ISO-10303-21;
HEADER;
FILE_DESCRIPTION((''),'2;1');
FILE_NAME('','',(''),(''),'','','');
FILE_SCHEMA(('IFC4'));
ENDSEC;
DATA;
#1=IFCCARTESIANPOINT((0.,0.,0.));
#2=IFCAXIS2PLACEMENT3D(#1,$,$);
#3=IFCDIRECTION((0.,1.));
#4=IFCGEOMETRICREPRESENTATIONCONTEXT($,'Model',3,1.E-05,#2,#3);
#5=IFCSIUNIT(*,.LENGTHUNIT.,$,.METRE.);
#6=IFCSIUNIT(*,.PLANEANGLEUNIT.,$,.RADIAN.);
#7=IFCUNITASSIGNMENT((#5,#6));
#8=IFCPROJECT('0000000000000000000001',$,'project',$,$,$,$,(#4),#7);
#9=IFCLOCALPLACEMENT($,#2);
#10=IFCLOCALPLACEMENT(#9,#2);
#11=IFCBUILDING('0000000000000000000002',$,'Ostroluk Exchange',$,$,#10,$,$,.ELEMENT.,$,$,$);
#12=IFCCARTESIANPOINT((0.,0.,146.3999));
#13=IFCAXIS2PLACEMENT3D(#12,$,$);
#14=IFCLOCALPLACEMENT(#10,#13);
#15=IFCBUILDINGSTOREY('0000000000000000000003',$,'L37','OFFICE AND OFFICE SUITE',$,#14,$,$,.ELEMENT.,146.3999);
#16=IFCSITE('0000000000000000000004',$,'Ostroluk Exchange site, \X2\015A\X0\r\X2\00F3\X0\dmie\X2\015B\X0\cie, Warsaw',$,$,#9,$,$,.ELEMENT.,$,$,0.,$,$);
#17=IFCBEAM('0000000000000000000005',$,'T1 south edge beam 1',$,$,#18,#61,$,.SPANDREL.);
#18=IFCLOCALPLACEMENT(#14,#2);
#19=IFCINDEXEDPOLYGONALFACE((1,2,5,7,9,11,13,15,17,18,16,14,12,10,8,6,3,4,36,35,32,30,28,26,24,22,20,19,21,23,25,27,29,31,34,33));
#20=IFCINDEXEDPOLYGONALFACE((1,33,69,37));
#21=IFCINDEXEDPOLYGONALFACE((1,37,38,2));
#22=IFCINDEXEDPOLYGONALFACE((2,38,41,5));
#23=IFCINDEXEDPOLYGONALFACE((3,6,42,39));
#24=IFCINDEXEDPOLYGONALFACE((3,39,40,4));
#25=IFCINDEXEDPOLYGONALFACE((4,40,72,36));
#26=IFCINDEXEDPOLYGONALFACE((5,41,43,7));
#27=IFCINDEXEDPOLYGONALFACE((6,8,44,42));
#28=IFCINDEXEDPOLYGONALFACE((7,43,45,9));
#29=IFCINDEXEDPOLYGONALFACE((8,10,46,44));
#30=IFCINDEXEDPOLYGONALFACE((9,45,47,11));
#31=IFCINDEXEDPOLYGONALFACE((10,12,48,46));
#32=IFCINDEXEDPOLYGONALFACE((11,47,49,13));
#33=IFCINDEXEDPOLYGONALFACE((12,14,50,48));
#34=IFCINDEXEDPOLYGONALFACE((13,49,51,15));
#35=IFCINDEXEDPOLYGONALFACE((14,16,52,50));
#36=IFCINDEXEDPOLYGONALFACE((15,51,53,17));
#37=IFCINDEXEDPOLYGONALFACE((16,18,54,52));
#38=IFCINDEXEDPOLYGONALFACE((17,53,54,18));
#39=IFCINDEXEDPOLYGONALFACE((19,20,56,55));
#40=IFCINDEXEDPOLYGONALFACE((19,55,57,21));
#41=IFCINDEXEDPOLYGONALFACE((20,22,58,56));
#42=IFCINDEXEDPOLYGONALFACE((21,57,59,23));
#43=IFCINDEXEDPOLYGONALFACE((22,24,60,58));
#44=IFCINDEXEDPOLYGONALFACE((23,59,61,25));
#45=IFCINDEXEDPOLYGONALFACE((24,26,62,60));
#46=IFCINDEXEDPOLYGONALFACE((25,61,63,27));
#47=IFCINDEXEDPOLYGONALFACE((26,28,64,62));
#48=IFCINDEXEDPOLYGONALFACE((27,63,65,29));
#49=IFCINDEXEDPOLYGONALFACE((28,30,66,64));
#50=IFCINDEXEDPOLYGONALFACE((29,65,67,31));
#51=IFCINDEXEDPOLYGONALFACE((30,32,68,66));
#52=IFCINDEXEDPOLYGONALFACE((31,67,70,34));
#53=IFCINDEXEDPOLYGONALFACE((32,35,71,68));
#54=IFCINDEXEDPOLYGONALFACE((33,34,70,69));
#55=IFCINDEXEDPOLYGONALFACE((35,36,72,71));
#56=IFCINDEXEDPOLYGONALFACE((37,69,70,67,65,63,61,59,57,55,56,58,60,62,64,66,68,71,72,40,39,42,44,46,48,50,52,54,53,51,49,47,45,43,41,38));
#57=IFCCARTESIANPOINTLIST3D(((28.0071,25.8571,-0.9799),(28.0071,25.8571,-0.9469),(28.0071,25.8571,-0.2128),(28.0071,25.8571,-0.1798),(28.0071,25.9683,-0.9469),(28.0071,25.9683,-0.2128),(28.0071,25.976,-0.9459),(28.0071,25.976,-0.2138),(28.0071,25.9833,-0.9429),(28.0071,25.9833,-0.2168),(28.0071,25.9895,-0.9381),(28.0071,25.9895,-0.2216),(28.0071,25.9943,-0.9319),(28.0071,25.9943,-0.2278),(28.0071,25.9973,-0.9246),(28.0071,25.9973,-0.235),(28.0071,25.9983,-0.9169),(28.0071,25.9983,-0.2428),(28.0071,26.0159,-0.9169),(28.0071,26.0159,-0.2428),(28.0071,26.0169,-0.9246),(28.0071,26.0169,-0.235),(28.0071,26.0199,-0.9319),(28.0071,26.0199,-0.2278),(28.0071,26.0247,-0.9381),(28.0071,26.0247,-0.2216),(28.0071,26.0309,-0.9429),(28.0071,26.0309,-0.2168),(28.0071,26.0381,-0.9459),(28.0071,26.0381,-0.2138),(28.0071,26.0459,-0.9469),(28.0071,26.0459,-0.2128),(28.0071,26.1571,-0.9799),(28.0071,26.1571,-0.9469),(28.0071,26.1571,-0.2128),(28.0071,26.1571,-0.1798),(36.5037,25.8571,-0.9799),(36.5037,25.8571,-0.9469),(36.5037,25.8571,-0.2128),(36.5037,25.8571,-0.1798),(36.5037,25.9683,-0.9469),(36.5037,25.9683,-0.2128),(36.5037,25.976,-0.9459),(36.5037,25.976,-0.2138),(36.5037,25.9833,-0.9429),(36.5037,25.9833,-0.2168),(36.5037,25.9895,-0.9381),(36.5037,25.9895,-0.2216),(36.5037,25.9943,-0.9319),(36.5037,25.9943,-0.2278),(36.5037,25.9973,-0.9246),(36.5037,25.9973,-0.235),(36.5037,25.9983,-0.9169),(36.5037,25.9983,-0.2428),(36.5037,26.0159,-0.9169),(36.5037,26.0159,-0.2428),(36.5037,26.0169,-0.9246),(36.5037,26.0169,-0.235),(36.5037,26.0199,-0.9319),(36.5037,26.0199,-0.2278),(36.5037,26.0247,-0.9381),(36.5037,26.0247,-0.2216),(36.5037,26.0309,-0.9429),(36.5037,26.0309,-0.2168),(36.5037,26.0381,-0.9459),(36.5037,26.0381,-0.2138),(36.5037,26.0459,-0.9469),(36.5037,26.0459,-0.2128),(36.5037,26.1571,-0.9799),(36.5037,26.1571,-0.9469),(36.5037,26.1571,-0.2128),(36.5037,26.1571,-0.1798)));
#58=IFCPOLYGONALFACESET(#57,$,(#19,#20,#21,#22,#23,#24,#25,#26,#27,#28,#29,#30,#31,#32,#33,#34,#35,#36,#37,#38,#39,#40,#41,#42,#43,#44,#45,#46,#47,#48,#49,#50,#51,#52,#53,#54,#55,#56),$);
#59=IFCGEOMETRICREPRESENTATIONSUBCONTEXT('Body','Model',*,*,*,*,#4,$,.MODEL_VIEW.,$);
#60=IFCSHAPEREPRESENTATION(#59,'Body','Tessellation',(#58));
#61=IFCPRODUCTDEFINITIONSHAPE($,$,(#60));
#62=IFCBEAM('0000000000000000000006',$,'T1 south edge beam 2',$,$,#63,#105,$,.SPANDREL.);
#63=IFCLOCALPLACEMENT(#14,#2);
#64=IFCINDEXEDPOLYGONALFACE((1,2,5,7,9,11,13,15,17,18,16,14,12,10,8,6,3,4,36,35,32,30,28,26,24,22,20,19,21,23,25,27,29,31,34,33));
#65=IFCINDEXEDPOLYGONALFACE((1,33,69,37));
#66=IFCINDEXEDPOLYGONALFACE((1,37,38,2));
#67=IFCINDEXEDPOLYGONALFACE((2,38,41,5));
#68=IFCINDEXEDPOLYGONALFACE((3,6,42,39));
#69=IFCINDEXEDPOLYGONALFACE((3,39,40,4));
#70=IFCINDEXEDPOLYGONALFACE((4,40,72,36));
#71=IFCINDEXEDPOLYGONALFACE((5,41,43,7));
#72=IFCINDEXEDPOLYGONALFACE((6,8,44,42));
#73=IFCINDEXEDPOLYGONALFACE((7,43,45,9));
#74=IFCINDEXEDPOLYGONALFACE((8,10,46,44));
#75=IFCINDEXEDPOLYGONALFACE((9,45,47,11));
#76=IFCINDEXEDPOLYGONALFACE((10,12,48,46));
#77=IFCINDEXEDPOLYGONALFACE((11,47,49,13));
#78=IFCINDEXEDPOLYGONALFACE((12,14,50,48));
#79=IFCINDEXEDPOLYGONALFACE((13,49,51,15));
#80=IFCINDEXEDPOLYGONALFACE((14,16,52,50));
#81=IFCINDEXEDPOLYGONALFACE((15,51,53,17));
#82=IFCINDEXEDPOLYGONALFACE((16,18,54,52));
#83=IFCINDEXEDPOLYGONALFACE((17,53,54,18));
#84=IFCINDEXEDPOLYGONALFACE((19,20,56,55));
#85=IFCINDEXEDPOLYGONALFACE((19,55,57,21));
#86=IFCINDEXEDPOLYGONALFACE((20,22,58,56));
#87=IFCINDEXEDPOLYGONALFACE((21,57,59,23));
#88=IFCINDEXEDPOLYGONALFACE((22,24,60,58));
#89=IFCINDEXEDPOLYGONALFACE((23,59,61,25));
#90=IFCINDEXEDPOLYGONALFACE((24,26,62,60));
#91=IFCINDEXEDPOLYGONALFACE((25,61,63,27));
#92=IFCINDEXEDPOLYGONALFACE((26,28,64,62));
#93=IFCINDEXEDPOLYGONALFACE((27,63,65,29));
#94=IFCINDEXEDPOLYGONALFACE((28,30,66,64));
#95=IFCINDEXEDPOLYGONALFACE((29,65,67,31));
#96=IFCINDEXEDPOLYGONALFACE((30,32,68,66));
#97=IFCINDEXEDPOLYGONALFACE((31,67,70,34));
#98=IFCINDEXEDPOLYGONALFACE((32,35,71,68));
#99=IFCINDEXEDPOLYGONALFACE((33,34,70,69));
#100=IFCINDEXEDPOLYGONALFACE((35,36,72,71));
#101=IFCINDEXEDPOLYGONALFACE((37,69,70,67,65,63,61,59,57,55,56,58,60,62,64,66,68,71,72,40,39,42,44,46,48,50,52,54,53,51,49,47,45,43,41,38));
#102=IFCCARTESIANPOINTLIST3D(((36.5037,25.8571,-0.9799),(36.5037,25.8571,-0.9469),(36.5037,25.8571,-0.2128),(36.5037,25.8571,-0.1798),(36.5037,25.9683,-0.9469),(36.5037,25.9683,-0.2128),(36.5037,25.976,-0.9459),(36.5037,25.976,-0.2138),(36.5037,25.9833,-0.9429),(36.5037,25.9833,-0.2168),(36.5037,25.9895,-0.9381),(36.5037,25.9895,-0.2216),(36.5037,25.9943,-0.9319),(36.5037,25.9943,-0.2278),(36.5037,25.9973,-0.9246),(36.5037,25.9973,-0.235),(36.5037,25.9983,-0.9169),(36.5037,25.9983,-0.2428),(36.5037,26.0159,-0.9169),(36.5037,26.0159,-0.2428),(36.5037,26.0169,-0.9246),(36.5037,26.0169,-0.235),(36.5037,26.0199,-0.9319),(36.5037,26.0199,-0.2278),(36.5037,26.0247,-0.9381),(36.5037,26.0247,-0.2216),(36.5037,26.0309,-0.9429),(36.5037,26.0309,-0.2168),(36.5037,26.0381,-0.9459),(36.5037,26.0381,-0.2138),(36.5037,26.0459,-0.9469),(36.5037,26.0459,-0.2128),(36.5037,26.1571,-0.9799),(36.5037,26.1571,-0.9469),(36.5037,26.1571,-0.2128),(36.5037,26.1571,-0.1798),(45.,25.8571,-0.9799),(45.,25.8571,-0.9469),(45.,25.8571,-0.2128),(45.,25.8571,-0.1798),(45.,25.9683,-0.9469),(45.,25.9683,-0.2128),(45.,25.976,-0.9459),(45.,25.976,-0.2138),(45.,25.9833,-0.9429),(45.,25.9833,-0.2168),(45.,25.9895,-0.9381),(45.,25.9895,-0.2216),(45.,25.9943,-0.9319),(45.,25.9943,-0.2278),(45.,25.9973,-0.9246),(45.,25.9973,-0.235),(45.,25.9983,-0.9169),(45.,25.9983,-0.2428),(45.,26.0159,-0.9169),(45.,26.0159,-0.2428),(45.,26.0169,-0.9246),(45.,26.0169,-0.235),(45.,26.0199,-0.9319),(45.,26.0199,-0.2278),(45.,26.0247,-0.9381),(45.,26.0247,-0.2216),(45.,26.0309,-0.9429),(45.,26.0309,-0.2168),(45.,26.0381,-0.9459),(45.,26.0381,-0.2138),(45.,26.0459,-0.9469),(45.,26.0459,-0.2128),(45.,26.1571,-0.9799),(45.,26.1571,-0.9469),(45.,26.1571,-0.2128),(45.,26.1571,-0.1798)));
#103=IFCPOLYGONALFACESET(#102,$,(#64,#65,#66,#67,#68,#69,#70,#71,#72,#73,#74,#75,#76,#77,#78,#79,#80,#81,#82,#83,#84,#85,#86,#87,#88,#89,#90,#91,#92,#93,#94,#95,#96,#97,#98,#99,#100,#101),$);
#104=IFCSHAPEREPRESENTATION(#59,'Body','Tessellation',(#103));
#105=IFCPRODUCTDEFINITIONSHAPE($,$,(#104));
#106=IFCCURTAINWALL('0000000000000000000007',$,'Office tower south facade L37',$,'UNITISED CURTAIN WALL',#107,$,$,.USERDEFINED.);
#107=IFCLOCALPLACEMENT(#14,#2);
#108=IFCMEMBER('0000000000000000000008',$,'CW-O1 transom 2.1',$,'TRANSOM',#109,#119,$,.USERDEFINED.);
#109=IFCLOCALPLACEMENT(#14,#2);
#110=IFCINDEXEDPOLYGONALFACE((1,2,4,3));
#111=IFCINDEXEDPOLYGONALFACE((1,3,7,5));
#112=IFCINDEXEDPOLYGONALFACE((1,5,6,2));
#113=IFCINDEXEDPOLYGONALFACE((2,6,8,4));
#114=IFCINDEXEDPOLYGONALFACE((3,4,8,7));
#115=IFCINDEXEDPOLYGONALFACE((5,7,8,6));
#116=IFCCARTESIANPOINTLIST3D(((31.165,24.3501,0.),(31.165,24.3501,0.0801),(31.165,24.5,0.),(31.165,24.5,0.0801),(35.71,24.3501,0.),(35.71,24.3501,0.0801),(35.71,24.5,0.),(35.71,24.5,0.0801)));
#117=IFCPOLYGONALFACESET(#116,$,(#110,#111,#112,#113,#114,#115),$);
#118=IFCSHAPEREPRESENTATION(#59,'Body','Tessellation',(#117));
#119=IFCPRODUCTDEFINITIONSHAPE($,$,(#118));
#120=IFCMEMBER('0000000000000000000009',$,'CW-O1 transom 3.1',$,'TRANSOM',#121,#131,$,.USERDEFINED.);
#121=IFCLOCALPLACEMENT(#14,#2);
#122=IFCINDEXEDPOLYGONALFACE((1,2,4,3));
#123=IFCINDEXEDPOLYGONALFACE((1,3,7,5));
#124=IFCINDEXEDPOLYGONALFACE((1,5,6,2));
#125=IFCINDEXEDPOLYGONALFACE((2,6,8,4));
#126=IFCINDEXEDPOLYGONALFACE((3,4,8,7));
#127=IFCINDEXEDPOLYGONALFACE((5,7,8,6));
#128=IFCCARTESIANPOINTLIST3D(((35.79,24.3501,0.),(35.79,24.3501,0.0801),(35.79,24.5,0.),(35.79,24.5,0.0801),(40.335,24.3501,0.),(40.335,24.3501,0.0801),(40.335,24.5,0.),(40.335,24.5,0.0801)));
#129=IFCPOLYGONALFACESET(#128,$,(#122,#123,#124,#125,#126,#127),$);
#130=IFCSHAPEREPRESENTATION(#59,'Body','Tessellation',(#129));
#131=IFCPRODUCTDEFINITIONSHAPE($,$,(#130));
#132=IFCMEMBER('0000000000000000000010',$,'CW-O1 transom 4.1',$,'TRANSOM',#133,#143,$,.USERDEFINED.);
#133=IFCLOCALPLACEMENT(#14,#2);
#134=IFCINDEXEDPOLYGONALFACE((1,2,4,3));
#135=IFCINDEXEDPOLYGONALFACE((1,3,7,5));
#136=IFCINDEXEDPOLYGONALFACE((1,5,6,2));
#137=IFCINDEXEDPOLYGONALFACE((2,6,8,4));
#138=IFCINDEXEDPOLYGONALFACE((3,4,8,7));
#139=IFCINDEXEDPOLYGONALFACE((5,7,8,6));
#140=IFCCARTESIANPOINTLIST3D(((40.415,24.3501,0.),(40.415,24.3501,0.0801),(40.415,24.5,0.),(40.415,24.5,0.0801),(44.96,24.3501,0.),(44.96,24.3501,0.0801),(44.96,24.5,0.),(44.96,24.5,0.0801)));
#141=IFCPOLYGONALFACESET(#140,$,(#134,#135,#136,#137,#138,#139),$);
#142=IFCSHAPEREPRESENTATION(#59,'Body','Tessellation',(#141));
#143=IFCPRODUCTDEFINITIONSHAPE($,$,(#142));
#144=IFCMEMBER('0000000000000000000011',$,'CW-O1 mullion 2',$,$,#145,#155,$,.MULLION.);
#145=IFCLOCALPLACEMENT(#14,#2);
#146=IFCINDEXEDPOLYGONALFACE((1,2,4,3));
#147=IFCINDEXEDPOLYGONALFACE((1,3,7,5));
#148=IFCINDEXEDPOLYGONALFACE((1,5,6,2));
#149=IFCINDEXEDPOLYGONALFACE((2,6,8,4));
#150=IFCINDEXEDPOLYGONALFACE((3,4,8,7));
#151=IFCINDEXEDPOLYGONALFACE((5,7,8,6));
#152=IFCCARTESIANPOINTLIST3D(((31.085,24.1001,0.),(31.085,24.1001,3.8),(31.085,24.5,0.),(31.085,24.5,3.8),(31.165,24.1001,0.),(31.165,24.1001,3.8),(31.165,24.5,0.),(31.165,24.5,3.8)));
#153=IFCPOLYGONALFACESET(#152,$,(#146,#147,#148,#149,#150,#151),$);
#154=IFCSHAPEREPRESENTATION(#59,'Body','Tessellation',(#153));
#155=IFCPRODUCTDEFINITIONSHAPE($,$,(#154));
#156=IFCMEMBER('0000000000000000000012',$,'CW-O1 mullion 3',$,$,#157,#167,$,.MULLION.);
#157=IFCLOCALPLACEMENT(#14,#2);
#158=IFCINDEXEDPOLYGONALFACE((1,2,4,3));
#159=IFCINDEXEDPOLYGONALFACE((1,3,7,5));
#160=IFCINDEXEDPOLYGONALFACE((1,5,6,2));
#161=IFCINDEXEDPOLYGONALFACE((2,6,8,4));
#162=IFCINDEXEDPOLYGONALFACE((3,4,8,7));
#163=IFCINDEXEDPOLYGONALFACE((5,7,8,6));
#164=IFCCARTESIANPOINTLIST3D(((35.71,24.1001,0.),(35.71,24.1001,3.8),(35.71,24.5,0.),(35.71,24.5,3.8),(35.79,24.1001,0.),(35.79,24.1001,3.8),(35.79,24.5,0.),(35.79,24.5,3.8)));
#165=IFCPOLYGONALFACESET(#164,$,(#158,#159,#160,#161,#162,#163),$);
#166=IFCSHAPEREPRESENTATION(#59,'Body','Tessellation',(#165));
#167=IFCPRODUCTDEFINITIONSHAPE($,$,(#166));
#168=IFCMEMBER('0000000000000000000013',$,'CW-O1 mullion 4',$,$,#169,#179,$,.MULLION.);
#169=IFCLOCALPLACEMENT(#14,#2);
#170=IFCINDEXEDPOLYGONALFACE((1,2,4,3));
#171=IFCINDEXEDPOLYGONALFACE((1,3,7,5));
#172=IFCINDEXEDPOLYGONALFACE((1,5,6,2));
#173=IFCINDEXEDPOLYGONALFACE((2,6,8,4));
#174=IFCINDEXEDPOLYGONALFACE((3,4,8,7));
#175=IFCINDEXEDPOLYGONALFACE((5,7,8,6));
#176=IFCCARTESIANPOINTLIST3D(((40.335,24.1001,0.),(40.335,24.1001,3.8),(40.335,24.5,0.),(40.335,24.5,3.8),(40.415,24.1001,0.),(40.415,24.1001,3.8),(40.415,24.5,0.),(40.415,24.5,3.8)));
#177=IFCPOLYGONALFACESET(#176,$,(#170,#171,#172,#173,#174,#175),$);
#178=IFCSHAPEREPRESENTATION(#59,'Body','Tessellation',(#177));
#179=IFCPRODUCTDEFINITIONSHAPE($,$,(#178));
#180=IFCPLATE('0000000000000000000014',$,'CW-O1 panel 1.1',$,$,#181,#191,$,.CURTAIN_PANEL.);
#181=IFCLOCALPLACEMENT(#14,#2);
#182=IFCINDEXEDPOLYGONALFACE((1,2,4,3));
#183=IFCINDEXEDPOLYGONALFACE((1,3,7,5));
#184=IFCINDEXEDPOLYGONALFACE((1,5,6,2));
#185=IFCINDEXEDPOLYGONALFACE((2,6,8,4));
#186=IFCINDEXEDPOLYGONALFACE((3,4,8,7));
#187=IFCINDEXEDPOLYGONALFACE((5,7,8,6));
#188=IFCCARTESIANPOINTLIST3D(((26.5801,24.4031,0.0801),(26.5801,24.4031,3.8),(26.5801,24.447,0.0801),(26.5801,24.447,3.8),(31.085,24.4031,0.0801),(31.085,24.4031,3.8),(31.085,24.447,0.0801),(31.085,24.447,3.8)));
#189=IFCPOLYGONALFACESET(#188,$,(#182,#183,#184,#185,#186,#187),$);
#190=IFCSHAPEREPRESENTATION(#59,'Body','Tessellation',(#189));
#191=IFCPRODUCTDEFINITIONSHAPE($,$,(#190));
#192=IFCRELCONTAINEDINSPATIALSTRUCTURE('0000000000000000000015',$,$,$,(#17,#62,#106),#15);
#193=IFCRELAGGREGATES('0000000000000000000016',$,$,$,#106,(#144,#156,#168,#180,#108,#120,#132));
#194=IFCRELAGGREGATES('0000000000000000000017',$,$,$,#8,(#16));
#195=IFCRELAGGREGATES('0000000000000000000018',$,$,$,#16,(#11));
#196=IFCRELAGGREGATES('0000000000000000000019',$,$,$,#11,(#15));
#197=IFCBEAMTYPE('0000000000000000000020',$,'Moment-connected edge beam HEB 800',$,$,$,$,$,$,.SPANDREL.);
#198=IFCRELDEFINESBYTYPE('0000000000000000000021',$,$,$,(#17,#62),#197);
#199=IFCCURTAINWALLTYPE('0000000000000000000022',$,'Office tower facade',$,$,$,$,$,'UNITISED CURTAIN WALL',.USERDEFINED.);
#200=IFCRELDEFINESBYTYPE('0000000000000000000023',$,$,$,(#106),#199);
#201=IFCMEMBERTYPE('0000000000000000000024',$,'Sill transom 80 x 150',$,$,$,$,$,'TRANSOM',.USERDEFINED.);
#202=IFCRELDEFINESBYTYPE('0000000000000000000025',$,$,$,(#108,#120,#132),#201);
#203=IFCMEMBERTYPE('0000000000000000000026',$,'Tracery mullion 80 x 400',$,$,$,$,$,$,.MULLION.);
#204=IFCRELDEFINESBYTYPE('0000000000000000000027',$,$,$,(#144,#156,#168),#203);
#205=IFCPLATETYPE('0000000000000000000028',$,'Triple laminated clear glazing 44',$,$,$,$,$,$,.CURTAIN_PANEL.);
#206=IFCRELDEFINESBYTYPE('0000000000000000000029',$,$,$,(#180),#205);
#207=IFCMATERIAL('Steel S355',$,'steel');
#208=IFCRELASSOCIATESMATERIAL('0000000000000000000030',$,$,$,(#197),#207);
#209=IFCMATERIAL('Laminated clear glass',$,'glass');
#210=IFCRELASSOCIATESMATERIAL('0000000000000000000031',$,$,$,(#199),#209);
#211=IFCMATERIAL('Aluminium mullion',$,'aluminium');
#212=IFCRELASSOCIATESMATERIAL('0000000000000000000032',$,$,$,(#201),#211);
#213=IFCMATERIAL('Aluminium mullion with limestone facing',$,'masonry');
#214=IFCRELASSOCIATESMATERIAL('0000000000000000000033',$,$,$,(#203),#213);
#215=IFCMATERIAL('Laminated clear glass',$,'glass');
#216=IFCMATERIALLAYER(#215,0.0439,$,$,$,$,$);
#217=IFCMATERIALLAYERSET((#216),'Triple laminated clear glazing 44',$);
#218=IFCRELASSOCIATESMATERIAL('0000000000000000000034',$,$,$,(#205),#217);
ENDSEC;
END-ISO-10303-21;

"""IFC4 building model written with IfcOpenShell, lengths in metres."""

from ifc_helpers import new_model, si_unit, direction, frame, origin, origin_2d, place, context, subcontext, project, spatial, rectangle, i_section, extrude, material, layer, layer_set, material_profile, profile_set, type_object, element, aggregate, save


model = new_model("IFC4")

# Units and contexts
model_context = context("Model", 3, precision=1e-05, world=origin(), true_north=direction((0.0, 1.0)))
body_context = subcontext(model_context, "Body", "Model", "MODEL_VIEW")
ifc_project = project(units=[si_unit("LENGTHUNIT", "METRE"), si_unit("PLANEANGLEUNIT", "RADIAN")], contexts=[model_context])

# Site, building, storey
site_placement = place(None, origin())
site = spatial("IfcSite", under=ifc_project, at=site_placement, Name="Ostroluk Exchange site, Śródmieście, Warsaw", CompositionType="ELEMENT", RefElevation=0.0)
building_placement = place(site_placement, origin())
building = spatial("IfcBuilding", under=site, at=building_placement, Name="Ostroluk Exchange", CompositionType="ELEMENT")
storey_placement = place(building_placement, frame((0.0, 0.0, 146.3999)))
storey = spatial("IfcBuildingStorey", under=building, at=storey_placement, Name="L37", Description="OFFICE AND OFFICE SUITE", CompositionType="ELEMENT", Elevation=146.3999)

# Beams
ifc_material_1 = material(Name="Steel S355", Category="steel")
ifc_material_profile_1 = material_profile(ifc_material_1, i_section(OverallWidth=0.3, OverallDepth=0.8, WebThickness=0.0176, FlangeThickness=0.033, FilletRadius=0.03, at=origin_2d()), Name="HEB 800")
ifc_profile_set_1 = profile_set([ifc_material_profile_1], Name="Steel S355")
beam_type_1 = type_object("IfcBeamType", Name="Moment-connected edge beam HEB 800", PredefinedType="SPANDREL", material=ifc_profile_set_1)
beam_1_placement = place(storey_placement, frame((28.0071, 26.0071, -0.5798), z_axis=(1.0, 0.0, 0.0), x_axis=(0.0, 1.0, 0.0)))
element("IfcBeam", 1, at=beam_1_placement, inside=storey, type_object=beam_type_1, Name="T1 south edge beam 1", PredefinedType="SPANDREL", context=body_context, shape_type="SweptSolid", body=[
    extrude(i_section(OverallWidth=0.3, OverallDepth=0.8, WebThickness=0.0176, FlangeThickness=0.033, FilletRadius=0.03, at=origin_2d()), origin(), (0.0, 0.0, 1.0), 8.4966),
])
beam_2_placement = place(storey_placement, frame((36.5037, 26.0071, -0.5798), z_axis=(1.0, 0.0, 0.0), x_axis=(0.0, 1.0, 0.0)))
element("IfcBeam", 2, at=beam_2_placement, inside=storey, type_object=beam_type_1, Name="T1 south edge beam 2", PredefinedType="SPANDREL", context=body_context, shape_type="SweptSolid", body=[
    extrude(i_section(OverallWidth=0.3, OverallDepth=0.8, WebThickness=0.0176, FlangeThickness=0.033, FilletRadius=0.03, at=origin_2d()), origin(), (0.0, 0.0, 1.0), 8.4963),
])

# Curtain wall, members, plate
ifc_material_2 = material(Name="Laminated clear glass", Category="glass")
curtain_wall_type = type_object("IfcCurtainWallType", Name="Office tower facade", ElementType="UNITISED CURTAIN WALL", PredefinedType="USERDEFINED", material=ifc_material_2)
curtain_wall_placement = place(storey_placement, origin())
curtain_wall = element("IfcCurtainWall", 3, at=curtain_wall_placement, inside=storey, type_object=curtain_wall_type, Name="Office tower south facade L37", ObjectType="UNITISED CURTAIN WALL", PredefinedType="USERDEFINED")
ifc_material_3 = material(Name="Aluminium mullion", Category="aluminium")
ifc_material_profile_2 = material_profile(ifc_material_3, rectangle(XDim=0.1499, YDim=0.0801, at=origin_2d()), Name="Sill transom 80 x 150")
ifc_profile_set_2 = profile_set([ifc_material_profile_2], Name="Aluminium mullion")
member_type_1 = type_object("IfcMemberType", Name="Sill transom 80 x 150", ElementType="TRANSOM", PredefinedType="USERDEFINED", material=ifc_profile_set_2)
member_1_placement = place(storey_placement, frame((31.165, 24.425, 0.04), z_axis=(1.0, 0.0, 0.0), x_axis=(0.0, 1.0, 0.0)))
member_1 = element("IfcMember", 4, at=member_1_placement, type_object=member_type_1, Name="CW-O1 transom 2.1", ObjectType="TRANSOM", PredefinedType="USERDEFINED", context=body_context, shape_type="SweptSolid", body=[
    extrude(rectangle(XDim=0.1499, YDim=0.0801, at=origin_2d()), origin(), (0.0, 0.0, 1.0), 4.5449),
])
member_2_placement = place(storey_placement, frame((35.79, 24.425, 0.04), z_axis=(1.0, 0.0, 0.0), x_axis=(0.0, 1.0, 0.0)))
member_2 = element("IfcMember", 5, at=member_2_placement, type_object=member_type_1, Name="CW-O1 transom 3.1", ObjectType="TRANSOM", PredefinedType="USERDEFINED", context=body_context, shape_type="SweptSolid", body=[
    extrude(rectangle(XDim=0.1499, YDim=0.0801, at=origin_2d()), origin(), (0.0, 0.0, 1.0), 4.5449),
])
member_3_placement = place(storey_placement, frame((40.415, 24.425, 0.04), z_axis=(1.0, 0.0, 0.0), x_axis=(0.0, 1.0, 0.0)))
member_3 = element("IfcMember", 6, at=member_3_placement, type_object=member_type_1, Name="CW-O1 transom 4.1", ObjectType="TRANSOM", PredefinedType="USERDEFINED", context=body_context, shape_type="SweptSolid", body=[
    extrude(rectangle(XDim=0.1499, YDim=0.0801, at=origin_2d()), origin(), (0.0, 0.0, 1.0), 4.5449),
])
ifc_material_4 = material(Name="Aluminium mullion with limestone facing", Category="masonry")
ifc_material_profile_3 = material_profile(ifc_material_4, rectangle(XDim=0.3999, YDim=0.0801, at=origin_2d()), Name="Tracery mullion 80 x 400")
ifc_profile_set_3 = profile_set([ifc_material_profile_3], Name="Aluminium mullion with limestone facing")
member_type_2 = type_object("IfcMemberType", Name="Tracery mullion 80 x 400", PredefinedType="MULLION", material=ifc_profile_set_3)
member_4_placement = place(storey_placement, frame((31.125, 24.3, 0.0), z_axis=(0.0, 0.0, 1.0), x_axis=(0.0, 1.0, 0.0)))
member_4 = element("IfcMember", 7, at=member_4_placement, type_object=member_type_2, Name="CW-O1 mullion 2", PredefinedType="MULLION", context=body_context, shape_type="SweptSolid", body=[
    extrude(rectangle(XDim=0.3999, YDim=0.0801, at=origin_2d()), origin(), (0.0, 0.0, 1.0), 3.8),
])
member_5_placement = place(storey_placement, frame((35.75, 24.3, 0.0), z_axis=(0.0, 0.0, 1.0), x_axis=(0.0, 1.0, 0.0)))
member_5 = element("IfcMember", 8, at=member_5_placement, type_object=member_type_2, Name="CW-O1 mullion 3", PredefinedType="MULLION", context=body_context, shape_type="SweptSolid", body=[
    extrude(rectangle(XDim=0.3999, YDim=0.0801, at=origin_2d()), origin(), (0.0, 0.0, 1.0), 3.8),
])
member_6_placement = place(storey_placement, frame((40.375, 24.3, 0.0), z_axis=(0.0, 0.0, 1.0), x_axis=(0.0, 1.0, 0.0)))
member_6 = element("IfcMember", 9, at=member_6_placement, type_object=member_type_2, Name="CW-O1 mullion 4", PredefinedType="MULLION", context=body_context, shape_type="SweptSolid", body=[
    extrude(rectangle(XDim=0.3999, YDim=0.0801, at=origin_2d()), origin(), (0.0, 0.0, 1.0), 3.8),
])
ifc_material_5 = material(Name="Laminated clear glass", Category="glass")
ifc_layer_1 = layer(ifc_material_5, 0.0439)
ifc_layer_set_1 = layer_set([ifc_layer_1], Name="Triple laminated clear glazing 44")
plate_type = type_object("IfcPlateType", Name="Triple laminated clear glazing 44", PredefinedType="CURTAIN_PANEL", material=ifc_layer_set_1)
plate_1_placement = place(storey_placement, frame((28.8325, 24.425, 0.0801), z_axis=(0.0, 0.0, 1.0), x_axis=(1.0, 0.0, 0.0)))
plate_1 = element("IfcPlate", 10, at=plate_1_placement, type_object=plate_type, Name="CW-O1 panel 1.1", PredefinedType="CURTAIN_PANEL", context=body_context, shape_type="SweptSolid", body=[
    extrude(rectangle(XDim=4.5049, YDim=0.0439, at=origin_2d()), origin(), (0.0, 0.0, 1.0), 3.72),
])
aggregate(curtain_wall, [member_4, member_5, member_6, plate_1, member_1, member_2, member_3])

save(model, "model.ifc")
